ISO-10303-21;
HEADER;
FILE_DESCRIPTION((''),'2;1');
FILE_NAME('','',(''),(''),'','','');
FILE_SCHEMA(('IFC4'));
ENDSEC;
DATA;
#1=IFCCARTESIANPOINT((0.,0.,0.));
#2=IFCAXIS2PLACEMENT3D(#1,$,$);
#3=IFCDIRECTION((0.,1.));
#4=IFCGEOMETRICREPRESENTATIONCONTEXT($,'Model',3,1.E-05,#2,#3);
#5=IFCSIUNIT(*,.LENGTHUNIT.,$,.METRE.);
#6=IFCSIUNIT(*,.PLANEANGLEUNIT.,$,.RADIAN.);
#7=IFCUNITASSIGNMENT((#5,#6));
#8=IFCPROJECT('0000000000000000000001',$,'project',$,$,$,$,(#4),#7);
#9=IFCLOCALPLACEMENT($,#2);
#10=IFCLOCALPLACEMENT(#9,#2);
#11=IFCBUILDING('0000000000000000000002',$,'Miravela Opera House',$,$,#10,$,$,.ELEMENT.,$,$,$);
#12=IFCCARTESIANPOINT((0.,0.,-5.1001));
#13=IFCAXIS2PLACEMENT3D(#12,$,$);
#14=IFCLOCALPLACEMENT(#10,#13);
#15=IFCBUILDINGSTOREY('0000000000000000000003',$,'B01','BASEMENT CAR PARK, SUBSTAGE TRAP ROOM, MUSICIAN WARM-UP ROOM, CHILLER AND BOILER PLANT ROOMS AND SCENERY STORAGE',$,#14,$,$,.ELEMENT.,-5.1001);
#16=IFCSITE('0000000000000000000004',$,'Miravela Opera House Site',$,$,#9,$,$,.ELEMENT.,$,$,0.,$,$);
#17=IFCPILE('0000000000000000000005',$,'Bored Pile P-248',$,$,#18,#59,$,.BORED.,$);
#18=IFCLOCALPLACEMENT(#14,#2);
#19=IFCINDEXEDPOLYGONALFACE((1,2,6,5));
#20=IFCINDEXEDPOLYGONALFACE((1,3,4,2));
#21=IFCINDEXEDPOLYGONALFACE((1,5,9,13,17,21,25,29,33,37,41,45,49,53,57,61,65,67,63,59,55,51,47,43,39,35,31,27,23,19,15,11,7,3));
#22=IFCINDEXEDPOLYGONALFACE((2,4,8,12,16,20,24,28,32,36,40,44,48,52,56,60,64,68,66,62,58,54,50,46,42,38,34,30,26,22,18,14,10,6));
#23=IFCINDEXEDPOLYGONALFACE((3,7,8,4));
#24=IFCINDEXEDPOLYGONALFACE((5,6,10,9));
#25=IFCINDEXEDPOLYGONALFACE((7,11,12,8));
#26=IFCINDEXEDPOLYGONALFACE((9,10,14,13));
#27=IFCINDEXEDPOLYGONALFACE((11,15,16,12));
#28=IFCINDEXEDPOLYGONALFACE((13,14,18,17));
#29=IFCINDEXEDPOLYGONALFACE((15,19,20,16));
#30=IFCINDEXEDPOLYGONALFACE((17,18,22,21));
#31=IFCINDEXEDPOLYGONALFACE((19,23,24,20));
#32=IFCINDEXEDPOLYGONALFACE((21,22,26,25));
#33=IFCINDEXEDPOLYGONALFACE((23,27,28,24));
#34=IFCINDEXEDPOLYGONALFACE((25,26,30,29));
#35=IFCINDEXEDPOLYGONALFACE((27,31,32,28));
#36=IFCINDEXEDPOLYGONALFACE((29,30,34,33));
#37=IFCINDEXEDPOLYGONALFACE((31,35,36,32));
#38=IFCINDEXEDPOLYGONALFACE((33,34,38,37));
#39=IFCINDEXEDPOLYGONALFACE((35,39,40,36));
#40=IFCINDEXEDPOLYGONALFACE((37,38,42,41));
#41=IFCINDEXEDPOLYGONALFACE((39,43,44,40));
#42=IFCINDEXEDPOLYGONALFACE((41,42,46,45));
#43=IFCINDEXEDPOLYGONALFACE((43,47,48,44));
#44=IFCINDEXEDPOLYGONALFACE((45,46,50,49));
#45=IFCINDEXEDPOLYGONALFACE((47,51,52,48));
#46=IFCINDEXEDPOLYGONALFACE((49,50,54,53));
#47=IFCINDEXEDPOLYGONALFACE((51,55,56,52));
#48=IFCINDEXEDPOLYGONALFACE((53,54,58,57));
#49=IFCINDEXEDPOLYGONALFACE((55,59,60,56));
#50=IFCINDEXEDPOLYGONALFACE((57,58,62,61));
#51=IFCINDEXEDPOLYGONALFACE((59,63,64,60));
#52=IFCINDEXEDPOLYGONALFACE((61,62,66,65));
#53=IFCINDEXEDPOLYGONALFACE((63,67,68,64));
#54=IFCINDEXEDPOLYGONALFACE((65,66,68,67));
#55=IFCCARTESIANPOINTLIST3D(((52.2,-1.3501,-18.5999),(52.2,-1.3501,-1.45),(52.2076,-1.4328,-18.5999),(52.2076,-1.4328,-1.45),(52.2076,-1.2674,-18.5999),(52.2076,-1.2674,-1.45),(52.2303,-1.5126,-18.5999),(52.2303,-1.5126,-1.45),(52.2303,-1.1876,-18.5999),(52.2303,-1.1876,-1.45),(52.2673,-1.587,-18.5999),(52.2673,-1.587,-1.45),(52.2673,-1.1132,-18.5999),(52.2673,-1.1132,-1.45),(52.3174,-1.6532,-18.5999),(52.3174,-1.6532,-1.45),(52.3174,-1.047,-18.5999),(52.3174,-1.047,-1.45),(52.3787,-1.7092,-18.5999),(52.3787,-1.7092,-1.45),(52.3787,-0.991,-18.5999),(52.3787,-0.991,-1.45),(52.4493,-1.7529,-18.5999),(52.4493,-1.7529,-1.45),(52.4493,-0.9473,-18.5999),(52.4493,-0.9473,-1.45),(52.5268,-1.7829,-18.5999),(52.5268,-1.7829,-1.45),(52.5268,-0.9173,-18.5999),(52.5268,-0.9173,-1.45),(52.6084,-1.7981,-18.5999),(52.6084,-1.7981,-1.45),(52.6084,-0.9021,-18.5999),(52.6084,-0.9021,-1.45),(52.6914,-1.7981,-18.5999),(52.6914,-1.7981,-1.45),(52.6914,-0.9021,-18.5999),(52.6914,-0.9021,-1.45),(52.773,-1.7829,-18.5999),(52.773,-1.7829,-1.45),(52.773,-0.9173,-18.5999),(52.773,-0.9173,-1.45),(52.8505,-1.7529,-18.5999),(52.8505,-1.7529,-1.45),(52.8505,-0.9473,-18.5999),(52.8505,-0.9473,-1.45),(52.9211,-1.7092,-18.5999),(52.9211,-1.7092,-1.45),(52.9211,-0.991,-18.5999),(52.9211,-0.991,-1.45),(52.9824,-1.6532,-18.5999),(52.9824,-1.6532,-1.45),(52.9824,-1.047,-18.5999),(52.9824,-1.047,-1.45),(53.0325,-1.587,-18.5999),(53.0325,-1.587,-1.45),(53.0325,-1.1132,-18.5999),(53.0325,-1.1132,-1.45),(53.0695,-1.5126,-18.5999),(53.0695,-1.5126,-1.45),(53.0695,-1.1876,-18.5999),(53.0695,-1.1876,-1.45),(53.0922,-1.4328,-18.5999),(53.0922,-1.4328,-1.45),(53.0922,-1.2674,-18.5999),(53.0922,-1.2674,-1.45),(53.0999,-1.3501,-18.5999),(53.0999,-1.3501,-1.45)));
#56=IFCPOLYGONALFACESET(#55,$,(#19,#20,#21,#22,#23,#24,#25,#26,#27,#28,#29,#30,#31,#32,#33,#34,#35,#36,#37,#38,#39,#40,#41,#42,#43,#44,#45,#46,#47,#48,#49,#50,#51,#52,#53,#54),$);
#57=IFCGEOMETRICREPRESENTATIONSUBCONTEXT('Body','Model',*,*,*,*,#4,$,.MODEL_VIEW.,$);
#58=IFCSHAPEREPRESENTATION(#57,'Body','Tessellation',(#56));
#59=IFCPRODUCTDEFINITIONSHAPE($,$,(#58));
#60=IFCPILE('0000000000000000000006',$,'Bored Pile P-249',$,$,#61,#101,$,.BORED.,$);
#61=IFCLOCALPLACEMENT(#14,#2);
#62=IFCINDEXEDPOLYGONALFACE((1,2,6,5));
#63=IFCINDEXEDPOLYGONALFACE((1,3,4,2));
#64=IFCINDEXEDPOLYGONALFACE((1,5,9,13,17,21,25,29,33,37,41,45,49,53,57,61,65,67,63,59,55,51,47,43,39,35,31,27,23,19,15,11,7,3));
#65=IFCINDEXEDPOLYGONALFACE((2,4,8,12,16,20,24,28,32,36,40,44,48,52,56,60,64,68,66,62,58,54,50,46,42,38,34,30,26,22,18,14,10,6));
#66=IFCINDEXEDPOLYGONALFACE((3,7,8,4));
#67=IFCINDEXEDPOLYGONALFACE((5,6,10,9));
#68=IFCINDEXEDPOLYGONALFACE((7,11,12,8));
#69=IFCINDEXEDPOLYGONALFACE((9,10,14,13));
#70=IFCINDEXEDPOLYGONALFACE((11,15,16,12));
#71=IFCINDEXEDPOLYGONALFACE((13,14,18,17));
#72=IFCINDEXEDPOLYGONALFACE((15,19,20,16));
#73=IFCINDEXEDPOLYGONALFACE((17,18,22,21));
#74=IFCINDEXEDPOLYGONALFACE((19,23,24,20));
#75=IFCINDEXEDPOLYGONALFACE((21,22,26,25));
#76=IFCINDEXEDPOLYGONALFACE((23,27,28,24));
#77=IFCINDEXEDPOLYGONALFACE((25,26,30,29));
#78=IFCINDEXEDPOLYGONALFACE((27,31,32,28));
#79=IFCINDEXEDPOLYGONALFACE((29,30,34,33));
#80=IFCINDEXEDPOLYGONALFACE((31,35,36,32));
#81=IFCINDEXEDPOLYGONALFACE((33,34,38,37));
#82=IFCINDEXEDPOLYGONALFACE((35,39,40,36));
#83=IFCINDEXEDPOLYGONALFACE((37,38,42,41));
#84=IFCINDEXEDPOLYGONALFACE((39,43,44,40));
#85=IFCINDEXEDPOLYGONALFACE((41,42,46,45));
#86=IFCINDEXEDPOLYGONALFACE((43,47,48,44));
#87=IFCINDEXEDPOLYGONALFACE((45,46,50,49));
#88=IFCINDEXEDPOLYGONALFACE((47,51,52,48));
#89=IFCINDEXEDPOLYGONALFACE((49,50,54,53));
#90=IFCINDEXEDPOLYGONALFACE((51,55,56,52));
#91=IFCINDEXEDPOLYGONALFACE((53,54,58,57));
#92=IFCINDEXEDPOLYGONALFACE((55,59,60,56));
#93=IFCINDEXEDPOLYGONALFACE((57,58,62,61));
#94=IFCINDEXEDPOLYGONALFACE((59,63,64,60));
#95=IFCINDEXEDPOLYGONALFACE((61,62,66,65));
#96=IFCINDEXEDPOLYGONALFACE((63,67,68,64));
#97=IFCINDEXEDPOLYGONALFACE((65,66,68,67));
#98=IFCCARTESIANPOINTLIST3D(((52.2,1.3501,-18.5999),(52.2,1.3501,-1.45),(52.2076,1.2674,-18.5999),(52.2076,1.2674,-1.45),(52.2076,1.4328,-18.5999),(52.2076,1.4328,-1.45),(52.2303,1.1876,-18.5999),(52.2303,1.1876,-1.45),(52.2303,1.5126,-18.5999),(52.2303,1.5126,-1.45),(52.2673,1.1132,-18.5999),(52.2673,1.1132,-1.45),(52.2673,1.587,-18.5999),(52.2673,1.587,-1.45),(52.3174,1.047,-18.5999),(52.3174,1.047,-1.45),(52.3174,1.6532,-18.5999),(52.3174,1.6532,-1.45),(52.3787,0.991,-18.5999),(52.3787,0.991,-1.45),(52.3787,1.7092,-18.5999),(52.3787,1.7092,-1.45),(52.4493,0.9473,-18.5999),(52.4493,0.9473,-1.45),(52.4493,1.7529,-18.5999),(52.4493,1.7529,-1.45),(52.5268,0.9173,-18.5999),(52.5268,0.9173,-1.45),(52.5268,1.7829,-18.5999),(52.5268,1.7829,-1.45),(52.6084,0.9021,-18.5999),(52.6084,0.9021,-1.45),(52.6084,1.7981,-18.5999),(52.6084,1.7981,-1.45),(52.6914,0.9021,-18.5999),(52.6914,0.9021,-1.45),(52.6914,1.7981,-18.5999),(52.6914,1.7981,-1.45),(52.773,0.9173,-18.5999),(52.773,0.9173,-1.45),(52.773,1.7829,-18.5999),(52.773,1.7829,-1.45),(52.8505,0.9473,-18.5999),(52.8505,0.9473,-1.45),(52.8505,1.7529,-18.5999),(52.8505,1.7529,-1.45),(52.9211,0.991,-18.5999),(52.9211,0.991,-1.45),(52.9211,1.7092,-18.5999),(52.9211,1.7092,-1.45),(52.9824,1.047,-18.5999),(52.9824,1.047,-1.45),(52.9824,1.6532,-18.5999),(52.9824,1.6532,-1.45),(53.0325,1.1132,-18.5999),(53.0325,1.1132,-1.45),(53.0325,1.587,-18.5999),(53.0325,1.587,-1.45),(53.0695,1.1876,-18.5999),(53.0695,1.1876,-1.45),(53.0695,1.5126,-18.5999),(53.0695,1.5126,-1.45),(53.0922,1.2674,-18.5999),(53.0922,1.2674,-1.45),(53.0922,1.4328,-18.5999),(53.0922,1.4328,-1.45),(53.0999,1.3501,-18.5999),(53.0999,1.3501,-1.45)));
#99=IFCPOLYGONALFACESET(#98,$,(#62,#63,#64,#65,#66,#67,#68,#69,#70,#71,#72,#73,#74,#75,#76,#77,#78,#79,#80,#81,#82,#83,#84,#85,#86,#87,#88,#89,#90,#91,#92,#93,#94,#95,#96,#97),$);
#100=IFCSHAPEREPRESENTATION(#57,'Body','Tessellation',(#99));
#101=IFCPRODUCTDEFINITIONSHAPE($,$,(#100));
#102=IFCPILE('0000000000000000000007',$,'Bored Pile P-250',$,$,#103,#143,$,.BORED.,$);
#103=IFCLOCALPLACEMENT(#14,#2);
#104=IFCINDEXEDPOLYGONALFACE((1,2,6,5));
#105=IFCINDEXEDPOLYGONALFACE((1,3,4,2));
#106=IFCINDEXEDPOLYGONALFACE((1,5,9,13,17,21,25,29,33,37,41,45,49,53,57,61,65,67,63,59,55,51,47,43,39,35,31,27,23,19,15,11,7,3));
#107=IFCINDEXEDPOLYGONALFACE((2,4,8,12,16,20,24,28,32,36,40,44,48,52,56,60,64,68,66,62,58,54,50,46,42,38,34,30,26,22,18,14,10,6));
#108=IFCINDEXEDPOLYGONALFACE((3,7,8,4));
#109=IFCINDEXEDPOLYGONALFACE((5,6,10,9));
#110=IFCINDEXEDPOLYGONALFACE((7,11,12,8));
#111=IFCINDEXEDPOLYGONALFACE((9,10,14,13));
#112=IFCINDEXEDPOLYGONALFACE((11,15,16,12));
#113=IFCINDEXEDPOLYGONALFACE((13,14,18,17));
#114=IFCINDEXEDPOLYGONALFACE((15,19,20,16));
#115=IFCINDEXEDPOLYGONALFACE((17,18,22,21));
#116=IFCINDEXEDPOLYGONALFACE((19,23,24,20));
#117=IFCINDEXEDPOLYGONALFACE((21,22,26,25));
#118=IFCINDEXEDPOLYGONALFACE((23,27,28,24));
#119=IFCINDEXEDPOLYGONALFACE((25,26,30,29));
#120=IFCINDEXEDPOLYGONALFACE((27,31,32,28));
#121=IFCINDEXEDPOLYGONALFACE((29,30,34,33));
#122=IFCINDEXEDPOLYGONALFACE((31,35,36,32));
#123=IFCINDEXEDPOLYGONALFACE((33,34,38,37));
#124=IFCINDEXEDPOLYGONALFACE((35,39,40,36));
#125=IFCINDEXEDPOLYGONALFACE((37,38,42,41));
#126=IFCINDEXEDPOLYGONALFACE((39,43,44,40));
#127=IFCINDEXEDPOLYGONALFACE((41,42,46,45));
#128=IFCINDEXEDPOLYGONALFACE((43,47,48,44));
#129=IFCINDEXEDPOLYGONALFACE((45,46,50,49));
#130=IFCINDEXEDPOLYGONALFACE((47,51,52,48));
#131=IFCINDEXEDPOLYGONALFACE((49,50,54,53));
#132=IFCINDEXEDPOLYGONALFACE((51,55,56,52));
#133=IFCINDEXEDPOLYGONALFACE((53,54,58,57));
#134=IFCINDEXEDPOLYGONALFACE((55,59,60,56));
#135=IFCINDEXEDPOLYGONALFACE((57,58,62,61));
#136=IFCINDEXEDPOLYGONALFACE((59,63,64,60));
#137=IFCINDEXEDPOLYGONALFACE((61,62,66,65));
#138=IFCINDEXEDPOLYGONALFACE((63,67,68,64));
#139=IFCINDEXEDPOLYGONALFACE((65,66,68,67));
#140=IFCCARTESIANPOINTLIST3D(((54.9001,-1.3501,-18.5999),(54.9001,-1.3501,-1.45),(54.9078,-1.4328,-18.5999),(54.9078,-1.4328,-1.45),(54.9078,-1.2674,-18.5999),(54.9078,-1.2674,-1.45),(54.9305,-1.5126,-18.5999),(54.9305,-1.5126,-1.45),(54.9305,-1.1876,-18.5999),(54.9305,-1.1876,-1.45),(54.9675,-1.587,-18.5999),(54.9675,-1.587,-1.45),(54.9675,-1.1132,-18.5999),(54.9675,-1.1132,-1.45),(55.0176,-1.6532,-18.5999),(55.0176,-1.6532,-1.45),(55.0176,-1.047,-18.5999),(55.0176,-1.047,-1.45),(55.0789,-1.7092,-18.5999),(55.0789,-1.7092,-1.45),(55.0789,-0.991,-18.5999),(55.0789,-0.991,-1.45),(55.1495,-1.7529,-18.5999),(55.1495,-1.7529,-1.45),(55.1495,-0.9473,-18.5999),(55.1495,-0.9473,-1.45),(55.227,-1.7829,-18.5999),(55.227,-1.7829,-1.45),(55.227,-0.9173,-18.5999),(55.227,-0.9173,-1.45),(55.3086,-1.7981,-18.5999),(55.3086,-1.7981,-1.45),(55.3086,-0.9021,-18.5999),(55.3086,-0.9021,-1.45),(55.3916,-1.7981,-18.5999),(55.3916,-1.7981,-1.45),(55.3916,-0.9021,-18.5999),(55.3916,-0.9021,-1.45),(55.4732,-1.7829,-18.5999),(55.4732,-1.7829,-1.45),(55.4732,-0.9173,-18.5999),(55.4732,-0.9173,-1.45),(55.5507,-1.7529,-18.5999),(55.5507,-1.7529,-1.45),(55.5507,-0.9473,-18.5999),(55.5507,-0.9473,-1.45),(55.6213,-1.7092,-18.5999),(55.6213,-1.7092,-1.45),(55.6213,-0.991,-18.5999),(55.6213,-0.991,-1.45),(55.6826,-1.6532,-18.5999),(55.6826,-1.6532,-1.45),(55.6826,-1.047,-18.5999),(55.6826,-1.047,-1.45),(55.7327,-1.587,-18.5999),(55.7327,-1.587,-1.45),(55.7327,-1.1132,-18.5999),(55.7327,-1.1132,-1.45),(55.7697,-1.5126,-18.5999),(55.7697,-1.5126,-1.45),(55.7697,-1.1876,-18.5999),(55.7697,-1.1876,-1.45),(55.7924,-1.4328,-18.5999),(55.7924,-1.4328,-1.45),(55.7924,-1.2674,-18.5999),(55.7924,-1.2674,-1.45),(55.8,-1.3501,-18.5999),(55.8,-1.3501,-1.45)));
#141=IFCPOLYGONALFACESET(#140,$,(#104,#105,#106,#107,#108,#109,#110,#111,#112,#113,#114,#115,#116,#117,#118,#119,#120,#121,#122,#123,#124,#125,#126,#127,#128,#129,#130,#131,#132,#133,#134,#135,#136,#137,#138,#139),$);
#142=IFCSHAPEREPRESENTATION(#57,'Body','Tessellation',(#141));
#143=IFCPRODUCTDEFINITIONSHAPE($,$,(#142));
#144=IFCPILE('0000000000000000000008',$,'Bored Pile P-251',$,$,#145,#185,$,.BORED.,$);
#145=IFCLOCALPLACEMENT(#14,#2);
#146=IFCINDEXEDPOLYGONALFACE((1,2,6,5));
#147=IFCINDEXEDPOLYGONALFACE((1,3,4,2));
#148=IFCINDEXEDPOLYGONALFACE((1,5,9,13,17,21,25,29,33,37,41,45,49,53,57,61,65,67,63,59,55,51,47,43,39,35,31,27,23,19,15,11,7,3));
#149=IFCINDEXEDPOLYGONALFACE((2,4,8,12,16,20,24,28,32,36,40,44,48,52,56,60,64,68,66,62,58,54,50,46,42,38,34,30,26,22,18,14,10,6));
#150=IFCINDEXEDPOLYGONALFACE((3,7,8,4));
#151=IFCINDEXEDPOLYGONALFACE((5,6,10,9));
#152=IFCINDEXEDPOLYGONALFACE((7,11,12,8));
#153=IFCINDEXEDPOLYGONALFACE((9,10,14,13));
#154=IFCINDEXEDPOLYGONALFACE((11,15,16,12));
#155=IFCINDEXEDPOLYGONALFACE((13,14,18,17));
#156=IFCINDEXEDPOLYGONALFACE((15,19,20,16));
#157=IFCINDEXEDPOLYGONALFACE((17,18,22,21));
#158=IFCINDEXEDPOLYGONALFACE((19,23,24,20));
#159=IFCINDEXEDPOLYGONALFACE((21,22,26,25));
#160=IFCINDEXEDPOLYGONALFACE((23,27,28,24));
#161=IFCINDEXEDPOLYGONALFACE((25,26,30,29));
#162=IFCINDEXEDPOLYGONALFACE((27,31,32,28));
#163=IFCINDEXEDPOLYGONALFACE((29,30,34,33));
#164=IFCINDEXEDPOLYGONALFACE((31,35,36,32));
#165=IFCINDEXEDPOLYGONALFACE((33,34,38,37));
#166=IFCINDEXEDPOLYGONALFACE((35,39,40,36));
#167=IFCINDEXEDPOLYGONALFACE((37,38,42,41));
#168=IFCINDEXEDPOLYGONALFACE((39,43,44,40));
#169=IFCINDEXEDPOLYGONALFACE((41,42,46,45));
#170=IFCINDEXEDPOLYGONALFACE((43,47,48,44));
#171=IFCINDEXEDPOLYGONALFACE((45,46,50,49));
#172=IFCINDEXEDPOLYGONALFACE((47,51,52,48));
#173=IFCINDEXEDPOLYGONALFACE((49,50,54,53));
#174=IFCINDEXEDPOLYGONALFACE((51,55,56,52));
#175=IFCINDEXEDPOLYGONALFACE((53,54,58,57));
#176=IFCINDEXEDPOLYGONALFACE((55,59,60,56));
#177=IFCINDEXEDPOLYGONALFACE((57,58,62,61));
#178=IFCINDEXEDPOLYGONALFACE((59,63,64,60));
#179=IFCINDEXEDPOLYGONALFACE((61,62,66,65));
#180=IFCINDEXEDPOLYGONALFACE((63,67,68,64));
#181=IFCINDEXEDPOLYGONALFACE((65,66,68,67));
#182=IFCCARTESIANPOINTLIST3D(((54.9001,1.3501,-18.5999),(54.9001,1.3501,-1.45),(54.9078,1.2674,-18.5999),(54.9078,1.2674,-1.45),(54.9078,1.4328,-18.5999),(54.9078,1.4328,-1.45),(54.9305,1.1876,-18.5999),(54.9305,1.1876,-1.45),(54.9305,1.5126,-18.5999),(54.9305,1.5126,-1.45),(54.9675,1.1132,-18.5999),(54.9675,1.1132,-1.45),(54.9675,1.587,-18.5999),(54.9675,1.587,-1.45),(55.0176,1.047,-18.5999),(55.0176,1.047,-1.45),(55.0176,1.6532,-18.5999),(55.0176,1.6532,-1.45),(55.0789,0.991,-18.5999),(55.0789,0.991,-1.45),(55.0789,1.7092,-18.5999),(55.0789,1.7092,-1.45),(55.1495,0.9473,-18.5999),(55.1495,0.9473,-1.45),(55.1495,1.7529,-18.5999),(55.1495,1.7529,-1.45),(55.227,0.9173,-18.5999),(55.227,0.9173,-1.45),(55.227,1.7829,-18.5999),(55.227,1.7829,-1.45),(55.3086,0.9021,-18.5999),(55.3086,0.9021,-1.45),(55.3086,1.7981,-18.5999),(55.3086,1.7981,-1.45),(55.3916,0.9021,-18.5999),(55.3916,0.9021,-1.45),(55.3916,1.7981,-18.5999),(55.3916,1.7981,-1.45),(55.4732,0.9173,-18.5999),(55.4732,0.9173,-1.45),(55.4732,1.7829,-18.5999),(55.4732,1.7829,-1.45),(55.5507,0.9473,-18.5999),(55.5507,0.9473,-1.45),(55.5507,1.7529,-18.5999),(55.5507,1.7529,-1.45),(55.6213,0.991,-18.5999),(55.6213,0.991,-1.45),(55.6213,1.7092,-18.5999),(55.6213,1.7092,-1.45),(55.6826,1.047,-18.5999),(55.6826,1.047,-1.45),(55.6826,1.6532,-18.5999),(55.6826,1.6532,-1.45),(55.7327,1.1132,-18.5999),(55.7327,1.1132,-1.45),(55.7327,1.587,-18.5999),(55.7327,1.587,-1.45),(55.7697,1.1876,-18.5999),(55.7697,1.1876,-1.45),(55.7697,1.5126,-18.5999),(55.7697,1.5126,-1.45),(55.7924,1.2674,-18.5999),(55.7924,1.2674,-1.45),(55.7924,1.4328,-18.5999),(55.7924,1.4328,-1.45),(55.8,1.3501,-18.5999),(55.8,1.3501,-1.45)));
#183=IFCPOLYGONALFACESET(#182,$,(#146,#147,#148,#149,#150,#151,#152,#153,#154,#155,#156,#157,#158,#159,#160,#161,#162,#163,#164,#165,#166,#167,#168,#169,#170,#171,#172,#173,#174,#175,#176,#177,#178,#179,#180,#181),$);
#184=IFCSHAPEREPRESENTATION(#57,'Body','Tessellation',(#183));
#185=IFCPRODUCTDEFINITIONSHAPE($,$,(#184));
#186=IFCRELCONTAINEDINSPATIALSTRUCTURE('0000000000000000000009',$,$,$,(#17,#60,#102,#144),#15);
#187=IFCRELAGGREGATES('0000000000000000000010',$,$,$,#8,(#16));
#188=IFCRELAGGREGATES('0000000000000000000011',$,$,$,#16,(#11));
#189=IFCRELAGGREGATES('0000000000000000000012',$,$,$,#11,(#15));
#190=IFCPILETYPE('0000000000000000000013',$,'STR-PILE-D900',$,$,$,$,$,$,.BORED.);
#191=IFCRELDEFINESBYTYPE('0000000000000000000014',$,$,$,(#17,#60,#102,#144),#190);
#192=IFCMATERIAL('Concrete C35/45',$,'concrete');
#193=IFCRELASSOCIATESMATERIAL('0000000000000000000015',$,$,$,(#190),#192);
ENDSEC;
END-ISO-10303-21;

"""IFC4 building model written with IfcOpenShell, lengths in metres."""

from ifc_helpers import new_model, si_unit, direction, frame, origin, origin_2d, place, context, subcontext, project, spatial, circle, extrude, material, material_profile, profile_set, type_object, element, save


model = new_model("IFC4")

# Units and contexts
model_context = context("Model", 3, precision=1e-05, world=origin(), true_north=direction((0.0, 1.0)))
body_context = subcontext(model_context, "Body", "Model", "MODEL_VIEW")
ifc_project = project(units=[si_unit("LENGTHUNIT", "METRE"), si_unit("PLANEANGLEUNIT", "RADIAN")], contexts=[model_context])

# Site, building, storey
site_placement = place(None, origin())
site = spatial("IfcSite", under=ifc_project, at=site_placement, Name="Miravela Opera House Site", CompositionType="ELEMENT", RefElevation=0.0)
building_placement = place(site_placement, origin())
building = spatial("IfcBuilding", under=site, at=building_placement, Name="Miravela Opera House", CompositionType="ELEMENT")
storey_placement = place(building_placement, frame((0.0, 0.0, -5.1001)))
storey = spatial("IfcBuildingStorey", under=building, at=storey_placement, Name="B01", Description="BASEMENT CAR PARK, SUBSTAGE TRAP ROOM, MUSICIAN WARM-UP ROOM, CHILLER AND BOILER PLANT ROOMS AND SCENERY STORAGE", CompositionType="ELEMENT", Elevation=-5.1001)

# Shared definitions
ifc_material_1 = material(Name="Concrete C35/45", Category="concrete")

# Piles
ifc_material_profile_1 = material_profile(ifc_material_1, circle(Radius=0.45, at=origin_2d()), Name="PILE-D900")
ifc_profile_set_1 = profile_set([ifc_material_profile_1])
pile_type_1 = type_object("IfcPileType", Name="STR-PILE-D900", PredefinedType="BORED", material=ifc_profile_set_1)
for number, where, z_axis, x_axis, name in (
    (1, (52.6499, -1.3501, -1.45), (0.0, 0.0, -1.0), (1.0, 0.0, 0.0), "Bored Pile P-248"),
    (2, (52.6499, 1.3501, -1.45), (0.0, 0.0, -1.0), (1.0, 0.0, 0.0), "Bored Pile P-249"),
    (3, (55.3501, -1.3501, -1.45), (0.0, 0.0, -1.0), (1.0, 0.0, 0.0), "Bored Pile P-250"),
    (4, (55.3501, 1.3501, -1.45), (0.0, 0.0, -1.0), (1.0, 0.0, 0.0), "Bored Pile P-251"),
):
    element("IfcPile", number, at=place(storey_placement, frame(where, z_axis=z_axis, x_axis=x_axis)), inside=storey, type_object=pile_type_1, Name=name, PredefinedType="BORED", context=body_context, shape_type="SweptSolid", body=[
        extrude(circle(Radius=0.45, at=origin_2d()), origin(), (0.0, 0.0, 1.0), 17.1499),
    ])

save(model, "model.ifc")
